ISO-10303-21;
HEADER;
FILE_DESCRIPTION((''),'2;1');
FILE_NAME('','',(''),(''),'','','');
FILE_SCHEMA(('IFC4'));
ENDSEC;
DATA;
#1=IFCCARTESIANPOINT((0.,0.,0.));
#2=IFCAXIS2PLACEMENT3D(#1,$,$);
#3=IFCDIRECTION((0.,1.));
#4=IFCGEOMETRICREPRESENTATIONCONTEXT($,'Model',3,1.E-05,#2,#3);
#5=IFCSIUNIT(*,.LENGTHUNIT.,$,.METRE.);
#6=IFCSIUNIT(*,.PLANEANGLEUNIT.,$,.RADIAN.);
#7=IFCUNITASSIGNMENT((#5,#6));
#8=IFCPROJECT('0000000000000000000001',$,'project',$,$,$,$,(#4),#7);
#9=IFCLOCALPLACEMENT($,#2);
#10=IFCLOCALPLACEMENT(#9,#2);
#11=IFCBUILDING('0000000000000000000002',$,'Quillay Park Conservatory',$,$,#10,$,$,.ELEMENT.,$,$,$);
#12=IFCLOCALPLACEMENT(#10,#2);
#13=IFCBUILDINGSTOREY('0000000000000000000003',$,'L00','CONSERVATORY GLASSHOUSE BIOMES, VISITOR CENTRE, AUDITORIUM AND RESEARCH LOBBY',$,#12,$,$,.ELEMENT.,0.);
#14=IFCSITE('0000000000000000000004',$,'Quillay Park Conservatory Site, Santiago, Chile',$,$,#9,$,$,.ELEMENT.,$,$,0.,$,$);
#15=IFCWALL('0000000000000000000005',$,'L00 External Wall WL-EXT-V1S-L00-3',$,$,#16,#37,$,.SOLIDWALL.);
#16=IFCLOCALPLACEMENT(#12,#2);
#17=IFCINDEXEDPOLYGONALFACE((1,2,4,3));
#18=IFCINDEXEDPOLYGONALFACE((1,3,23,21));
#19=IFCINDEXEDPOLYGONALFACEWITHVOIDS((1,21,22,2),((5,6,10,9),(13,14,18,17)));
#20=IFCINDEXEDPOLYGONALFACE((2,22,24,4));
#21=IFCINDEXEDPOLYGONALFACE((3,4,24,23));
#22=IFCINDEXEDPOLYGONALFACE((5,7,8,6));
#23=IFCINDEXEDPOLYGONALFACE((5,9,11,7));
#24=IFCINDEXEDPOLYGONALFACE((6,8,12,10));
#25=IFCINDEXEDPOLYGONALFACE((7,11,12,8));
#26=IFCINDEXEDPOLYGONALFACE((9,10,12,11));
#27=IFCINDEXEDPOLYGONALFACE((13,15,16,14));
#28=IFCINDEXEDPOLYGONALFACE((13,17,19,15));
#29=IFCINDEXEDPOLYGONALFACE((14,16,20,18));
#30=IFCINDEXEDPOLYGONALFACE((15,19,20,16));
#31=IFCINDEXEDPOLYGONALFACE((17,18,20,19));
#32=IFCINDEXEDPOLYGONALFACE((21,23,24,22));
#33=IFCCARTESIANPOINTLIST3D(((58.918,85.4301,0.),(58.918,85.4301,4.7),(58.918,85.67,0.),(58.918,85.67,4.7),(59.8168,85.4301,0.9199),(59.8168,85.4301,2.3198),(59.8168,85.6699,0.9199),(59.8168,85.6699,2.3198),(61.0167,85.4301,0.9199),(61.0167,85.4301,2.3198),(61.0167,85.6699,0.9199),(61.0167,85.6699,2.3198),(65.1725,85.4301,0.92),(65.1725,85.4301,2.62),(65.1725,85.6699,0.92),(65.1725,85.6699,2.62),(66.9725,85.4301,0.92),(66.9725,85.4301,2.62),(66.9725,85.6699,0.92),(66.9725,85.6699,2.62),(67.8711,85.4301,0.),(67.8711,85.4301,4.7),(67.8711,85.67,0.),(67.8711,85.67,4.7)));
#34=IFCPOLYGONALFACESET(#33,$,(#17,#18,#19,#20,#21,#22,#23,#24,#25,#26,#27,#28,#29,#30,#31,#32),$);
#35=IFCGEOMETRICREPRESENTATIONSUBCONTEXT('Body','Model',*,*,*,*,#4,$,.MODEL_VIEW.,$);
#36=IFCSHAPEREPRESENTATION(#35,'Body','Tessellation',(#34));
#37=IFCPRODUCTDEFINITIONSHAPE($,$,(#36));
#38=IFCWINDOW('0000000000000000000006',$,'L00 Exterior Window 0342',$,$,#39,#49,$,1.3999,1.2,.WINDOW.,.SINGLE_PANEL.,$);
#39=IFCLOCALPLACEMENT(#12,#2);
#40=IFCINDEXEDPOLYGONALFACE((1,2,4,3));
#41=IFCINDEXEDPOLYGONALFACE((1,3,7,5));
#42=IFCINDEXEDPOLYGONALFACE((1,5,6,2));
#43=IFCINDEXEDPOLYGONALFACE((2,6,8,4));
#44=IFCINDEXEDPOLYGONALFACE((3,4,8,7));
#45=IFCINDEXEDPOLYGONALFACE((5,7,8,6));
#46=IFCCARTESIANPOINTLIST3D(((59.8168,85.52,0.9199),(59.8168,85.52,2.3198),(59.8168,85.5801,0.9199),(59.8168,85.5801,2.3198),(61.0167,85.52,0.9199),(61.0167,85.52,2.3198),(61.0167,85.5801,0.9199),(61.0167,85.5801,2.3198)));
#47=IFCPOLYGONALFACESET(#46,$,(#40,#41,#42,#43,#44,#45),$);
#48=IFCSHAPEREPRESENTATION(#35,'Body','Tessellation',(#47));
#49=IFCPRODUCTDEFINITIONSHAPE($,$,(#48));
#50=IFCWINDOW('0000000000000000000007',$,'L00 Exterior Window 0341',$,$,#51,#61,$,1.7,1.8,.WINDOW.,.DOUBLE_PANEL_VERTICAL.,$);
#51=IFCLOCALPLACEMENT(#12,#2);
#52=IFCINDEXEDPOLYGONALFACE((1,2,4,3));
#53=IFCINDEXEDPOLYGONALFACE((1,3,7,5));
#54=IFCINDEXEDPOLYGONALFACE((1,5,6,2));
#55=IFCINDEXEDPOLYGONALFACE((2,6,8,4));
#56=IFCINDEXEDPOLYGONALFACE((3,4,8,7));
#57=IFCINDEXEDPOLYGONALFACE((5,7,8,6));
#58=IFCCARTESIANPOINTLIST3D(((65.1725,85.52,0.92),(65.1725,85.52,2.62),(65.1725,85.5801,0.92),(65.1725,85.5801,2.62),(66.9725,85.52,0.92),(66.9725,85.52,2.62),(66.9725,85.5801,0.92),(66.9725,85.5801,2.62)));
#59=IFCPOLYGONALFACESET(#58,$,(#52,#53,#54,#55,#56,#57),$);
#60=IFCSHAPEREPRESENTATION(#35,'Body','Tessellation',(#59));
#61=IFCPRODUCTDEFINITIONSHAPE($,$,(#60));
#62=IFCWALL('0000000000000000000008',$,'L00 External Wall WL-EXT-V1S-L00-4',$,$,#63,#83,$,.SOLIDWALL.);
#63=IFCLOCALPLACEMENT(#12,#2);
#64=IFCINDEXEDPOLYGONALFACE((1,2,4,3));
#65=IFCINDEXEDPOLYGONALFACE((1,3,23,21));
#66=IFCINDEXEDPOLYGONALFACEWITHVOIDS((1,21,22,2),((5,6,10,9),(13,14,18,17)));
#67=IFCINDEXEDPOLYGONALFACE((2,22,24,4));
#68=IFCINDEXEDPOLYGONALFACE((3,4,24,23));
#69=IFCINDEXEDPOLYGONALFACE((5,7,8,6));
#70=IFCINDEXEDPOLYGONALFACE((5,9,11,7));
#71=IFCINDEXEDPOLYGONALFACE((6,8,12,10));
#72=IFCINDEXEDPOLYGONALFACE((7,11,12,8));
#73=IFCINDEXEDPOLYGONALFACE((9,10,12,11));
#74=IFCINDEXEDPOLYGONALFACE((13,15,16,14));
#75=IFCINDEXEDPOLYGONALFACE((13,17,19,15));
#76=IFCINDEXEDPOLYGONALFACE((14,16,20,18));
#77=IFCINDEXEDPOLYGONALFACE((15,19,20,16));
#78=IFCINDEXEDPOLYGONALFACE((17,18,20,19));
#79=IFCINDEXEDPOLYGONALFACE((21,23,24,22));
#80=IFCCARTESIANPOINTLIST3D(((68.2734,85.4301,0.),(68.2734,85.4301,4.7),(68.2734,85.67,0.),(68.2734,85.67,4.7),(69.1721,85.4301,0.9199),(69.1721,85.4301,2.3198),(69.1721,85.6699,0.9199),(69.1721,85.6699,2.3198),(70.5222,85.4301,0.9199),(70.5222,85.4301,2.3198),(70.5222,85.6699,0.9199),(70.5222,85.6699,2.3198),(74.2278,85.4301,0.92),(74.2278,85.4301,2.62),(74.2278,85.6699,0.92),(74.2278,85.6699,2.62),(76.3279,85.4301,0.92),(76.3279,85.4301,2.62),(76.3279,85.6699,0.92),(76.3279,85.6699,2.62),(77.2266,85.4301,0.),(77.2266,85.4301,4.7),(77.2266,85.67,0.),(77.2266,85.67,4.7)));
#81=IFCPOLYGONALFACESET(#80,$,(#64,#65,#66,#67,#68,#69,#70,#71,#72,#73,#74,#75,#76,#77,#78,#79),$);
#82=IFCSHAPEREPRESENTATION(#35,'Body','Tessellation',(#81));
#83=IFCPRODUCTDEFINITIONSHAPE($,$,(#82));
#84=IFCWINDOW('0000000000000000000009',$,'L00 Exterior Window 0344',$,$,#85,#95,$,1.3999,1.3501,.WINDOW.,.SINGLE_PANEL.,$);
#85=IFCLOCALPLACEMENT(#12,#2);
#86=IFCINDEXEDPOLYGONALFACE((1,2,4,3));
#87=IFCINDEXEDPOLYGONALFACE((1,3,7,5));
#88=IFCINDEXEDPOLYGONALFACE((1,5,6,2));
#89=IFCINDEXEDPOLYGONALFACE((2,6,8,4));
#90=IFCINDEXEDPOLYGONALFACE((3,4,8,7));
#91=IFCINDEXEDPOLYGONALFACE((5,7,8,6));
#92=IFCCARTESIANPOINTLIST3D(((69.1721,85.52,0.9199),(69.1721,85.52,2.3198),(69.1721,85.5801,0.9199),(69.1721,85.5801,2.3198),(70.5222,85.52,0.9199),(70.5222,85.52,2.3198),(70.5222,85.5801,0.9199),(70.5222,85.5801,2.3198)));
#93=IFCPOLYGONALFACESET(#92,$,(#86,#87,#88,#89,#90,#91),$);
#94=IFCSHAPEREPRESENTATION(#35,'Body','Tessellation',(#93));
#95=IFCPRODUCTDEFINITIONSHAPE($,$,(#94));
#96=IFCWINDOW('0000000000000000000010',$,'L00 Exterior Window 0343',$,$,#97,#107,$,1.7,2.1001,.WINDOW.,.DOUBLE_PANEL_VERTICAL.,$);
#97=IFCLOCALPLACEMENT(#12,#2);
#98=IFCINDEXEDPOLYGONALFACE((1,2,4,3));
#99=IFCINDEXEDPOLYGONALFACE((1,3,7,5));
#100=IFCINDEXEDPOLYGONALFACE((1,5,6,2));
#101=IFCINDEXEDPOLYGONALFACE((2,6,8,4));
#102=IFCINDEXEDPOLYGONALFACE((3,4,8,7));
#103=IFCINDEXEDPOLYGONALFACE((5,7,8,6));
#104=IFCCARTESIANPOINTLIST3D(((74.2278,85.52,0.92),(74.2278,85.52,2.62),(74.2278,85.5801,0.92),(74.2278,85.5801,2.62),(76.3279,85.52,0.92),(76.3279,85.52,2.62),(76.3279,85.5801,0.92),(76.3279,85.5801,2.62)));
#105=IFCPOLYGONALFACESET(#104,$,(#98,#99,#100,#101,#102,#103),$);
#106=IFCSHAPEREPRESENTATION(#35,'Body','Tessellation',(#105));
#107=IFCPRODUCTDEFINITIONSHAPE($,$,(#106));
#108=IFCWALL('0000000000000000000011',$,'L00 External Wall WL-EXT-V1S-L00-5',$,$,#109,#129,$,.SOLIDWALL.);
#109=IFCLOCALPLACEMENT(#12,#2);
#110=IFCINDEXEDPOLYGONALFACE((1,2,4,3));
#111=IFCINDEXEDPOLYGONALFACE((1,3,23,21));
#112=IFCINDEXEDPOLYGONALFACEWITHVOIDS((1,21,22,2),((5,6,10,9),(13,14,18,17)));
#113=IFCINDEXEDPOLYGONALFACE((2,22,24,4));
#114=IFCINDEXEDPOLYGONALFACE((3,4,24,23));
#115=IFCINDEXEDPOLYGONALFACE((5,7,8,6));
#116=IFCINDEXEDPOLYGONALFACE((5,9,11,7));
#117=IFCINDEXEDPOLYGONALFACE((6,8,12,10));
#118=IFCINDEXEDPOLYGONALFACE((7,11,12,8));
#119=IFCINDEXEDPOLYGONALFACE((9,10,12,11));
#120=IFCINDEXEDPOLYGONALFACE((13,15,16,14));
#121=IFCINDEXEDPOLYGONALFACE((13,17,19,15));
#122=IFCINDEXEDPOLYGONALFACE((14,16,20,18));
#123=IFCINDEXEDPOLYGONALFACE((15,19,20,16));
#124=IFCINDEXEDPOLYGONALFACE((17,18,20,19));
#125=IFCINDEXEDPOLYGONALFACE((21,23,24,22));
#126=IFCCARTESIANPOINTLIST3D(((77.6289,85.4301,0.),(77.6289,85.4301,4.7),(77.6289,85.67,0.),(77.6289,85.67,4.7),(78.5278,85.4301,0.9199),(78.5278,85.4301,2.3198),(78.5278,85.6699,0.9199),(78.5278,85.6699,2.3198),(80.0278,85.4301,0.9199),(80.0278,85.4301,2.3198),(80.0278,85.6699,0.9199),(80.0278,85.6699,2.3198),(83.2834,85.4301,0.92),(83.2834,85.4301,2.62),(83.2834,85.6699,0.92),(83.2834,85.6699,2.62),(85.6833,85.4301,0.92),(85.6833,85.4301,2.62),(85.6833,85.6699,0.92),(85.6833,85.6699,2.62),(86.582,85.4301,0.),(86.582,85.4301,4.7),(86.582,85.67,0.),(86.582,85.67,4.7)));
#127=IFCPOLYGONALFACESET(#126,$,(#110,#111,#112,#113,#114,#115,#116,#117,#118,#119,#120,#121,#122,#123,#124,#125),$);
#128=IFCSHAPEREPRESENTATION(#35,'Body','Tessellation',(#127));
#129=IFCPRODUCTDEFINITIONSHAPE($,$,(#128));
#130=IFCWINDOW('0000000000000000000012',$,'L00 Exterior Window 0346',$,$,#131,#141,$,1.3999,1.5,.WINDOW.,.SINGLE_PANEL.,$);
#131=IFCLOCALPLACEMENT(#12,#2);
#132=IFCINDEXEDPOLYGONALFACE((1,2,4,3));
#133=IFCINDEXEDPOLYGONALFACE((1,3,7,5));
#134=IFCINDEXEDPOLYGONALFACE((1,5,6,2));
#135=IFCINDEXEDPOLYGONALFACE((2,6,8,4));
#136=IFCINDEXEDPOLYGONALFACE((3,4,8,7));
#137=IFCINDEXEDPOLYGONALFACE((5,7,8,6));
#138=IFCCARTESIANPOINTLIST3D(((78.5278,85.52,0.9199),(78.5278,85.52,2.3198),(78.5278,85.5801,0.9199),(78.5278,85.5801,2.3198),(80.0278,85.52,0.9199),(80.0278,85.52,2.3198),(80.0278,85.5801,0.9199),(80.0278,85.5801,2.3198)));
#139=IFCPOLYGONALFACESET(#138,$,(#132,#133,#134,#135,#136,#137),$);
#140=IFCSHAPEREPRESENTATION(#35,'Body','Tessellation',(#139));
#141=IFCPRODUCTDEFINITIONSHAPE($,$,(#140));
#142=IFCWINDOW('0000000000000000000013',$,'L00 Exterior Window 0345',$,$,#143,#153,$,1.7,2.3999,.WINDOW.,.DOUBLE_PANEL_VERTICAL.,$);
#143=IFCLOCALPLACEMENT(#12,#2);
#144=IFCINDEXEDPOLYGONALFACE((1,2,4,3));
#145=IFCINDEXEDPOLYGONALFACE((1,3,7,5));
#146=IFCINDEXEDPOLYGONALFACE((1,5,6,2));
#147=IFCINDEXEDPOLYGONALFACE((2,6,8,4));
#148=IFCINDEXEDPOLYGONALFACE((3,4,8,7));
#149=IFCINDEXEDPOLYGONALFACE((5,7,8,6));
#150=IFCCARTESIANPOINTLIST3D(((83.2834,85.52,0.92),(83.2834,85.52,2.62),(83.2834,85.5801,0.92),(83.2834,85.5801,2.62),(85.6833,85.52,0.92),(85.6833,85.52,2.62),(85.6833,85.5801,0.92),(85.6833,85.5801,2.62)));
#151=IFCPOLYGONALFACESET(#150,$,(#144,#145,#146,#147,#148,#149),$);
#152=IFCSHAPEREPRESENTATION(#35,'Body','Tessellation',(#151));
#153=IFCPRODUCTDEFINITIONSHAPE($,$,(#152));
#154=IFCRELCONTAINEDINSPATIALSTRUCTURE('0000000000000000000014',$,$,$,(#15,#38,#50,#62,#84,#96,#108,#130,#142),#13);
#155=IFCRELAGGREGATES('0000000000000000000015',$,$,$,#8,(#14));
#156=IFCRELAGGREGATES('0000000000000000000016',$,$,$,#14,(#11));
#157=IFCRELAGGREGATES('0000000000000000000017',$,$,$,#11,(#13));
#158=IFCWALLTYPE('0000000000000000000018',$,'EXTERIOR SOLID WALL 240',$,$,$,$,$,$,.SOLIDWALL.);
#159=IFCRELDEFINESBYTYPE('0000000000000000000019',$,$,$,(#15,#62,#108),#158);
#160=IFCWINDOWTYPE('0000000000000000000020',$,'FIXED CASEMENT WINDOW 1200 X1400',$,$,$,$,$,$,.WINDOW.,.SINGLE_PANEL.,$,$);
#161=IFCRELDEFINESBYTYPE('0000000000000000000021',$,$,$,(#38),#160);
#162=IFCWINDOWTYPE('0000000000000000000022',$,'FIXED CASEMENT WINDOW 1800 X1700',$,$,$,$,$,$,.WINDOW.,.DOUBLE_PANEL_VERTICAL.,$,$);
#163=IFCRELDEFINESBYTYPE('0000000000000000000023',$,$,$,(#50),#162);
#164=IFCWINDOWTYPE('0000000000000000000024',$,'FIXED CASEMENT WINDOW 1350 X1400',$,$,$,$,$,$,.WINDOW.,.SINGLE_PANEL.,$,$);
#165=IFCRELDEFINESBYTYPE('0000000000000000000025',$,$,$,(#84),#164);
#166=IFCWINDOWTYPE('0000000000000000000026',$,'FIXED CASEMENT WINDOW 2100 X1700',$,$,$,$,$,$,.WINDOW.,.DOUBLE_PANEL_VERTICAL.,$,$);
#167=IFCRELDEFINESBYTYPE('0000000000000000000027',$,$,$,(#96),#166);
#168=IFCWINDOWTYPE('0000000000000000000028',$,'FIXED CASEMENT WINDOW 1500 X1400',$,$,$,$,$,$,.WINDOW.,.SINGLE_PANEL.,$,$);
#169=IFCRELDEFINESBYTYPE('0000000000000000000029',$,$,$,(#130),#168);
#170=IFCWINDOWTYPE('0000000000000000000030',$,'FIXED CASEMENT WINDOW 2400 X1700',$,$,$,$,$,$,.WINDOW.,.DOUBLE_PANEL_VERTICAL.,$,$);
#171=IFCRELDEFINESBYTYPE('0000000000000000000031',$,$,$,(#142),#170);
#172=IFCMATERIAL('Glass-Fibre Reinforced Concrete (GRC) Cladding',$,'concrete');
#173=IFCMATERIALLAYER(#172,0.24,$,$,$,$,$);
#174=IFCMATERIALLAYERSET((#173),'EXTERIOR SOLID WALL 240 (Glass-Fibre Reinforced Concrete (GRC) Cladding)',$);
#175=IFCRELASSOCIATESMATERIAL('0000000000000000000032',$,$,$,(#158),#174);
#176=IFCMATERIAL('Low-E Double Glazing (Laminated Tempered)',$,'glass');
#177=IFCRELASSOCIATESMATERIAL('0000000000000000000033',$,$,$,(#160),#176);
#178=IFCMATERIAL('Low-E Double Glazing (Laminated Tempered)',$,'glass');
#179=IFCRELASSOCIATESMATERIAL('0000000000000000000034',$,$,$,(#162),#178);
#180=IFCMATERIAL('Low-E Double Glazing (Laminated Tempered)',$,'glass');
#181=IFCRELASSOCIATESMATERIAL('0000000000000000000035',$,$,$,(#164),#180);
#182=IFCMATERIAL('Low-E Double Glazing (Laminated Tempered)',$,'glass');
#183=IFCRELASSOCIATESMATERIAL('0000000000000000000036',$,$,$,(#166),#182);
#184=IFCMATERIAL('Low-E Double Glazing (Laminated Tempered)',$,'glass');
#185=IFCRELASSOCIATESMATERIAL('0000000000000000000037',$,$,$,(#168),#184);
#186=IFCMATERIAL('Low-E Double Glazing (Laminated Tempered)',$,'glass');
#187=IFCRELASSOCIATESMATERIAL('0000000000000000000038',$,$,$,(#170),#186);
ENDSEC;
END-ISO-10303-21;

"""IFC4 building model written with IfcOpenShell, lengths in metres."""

from ifc_helpers import new_model, si_unit, direction, frame, frame_2d, origin, place, context, subcontext, project, spatial, rectangle, extrude, material, layer, layer_set, type_object, element, fill, save


model = new_model("IFC4")

# Units and contexts
model_context = context("Model", 3, precision=1e-05, world=origin(), true_north=direction((0.0, 1.0)))
body_context = subcontext(model_context, "Body", "Model", "MODEL_VIEW")
ifc_project = project(units=[si_unit("LENGTHUNIT", "METRE"), si_unit("PLANEANGLEUNIT", "RADIAN")], contexts=[model_context])

# Site, building, storey
site_placement = place(None, origin())
site = spatial("IfcSite", under=ifc_project, at=site_placement, Name="Quillay Park Conservatory Site, Santiago, Chile", CompositionType="ELEMENT", RefElevation=0.0)
building_placement = place(site_placement, origin())
building = spatial("IfcBuilding", under=site, at=building_placement, Name="Quillay Park Conservatory", CompositionType="ELEMENT")
storey_placement = place(building_placement, origin())
storey = spatial("IfcBuildingStorey", under=building, at=storey_placement, Name="L00", Description="CONSERVATORY GLASSHOUSE BIOMES, VISITOR CENTRE, AUDITORIUM AND RESEARCH LOBBY", CompositionType="ELEMENT", Elevation=0.0)

# Walls, openings, windows
ifc_material_1 = material(Name="Glass-Fibre Reinforced Concrete (GRC) Cladding", Category="concrete")
ifc_layer_1 = layer(ifc_material_1, 0.24)
ifc_layer_set_1 = layer_set([ifc_layer_1], Name="EXTERIOR SOLID WALL 240 (Glass-Fibre Reinforced Concrete (GRC) Cladding)")
wall_type = type_object("IfcWallType", Name="EXTERIOR SOLID WALL 240", PredefinedType="SOLIDWALL", material=ifc_layer_set_1)
wall_1_placement = place(storey_placement, frame((67.8711, 85.55, 0.0), z_axis=(0.0, 0.0, 1.0), x_axis=(-1.0, 0.0, 0.0)))
wall_1 = element("IfcWall", 1, at=wall_1_placement, inside=storey, type_object=wall_type, Name="L00 External Wall WL-EXT-V1S-L00-3", PredefinedType="SOLIDWALL", context=body_context, shape_type="SweptSolid", body=[
    extrude(rectangle(XDim=8.9531, YDim=0.24, at=frame_2d((4.4766, 0.0))), origin(), (0.0, 0.0, 1.0), 4.7),
])
opening_1_placement = place(wall_1_placement, frame((0.8987, 0.0, 0.9199)))
opening_1 = element("IfcOpeningElement", 2, at=opening_1_placement, cuts=wall_1, PredefinedType="OPENING", context=body_context, shape_type="SweptSolid", body=[
    extrude(rectangle(XDim=1.8, YDim=1.7, at=frame_2d((0.8999, 0.8501))), frame((0.0, 0.1201, 0.0), z_axis=(0.0, -1.0, 0.0), x_axis=(1.0, 0.0, 0.0)), (0.0, 0.0, 1.0), 0.24),
])
opening_2_placement = place(wall_1_placement, frame((6.8542, 0.0, 0.9199)))
opening_2 = element("IfcOpeningElement", 3, at=opening_2_placement, cuts=wall_1, PredefinedType="OPENING", context=body_context, shape_type="SweptSolid", body=[
    extrude(rectangle(XDim=1.2, YDim=1.3999, at=frame_2d((0.6001, 0.7))), frame((0.0, 0.1201, 0.0), z_axis=(0.0, -1.0, 0.0), x_axis=(1.0, 0.0, 0.0)), (0.0, 0.0, 1.0), 0.24),
])
ifc_material_2 = material(Name="Low-E Double Glazing (Laminated Tempered)", Category="glass")
window_type_1 = type_object("IfcWindowType", Name="FIXED CASEMENT WINDOW 1200 X1400", PartitioningType="SINGLE_PANEL", PredefinedType="WINDOW", material=ifc_material_2)
window_1_placement = place(opening_2_placement, origin())
window_1 = element("IfcWindow", 4, at=window_1_placement, inside=storey, type_object=window_type_1, Name="L00 Exterior Window 0342", OverallHeight=1.3999, OverallWidth=1.2, PartitioningType="SINGLE_PANEL", PredefinedType="WINDOW", context=body_context, shape_type="SweptSolid", body=[
    extrude(rectangle(XDim=1.2, YDim=1.3999, at=frame_2d((0.6001, 0.7))), frame((0.0, 0.03, 0.0), z_axis=(0.0, -1.0, 0.0), x_axis=(1.0, 0.0, 0.0)), (0.0, 0.0, 1.0), 0.0601),
])
fill(opening_2, window_1)
ifc_material_3 = material(Name="Low-E Double Glazing (Laminated Tempered)", Category="glass")
window_type_2 = type_object("IfcWindowType", Name="FIXED CASEMENT WINDOW 1800 X1700", PartitioningType="DOUBLE_PANEL_VERTICAL", PredefinedType="WINDOW", material=ifc_material_3)
window_2_placement = place(opening_1_placement, origin())
window_2 = element("IfcWindow", 5, at=window_2_placement, inside=storey, type_object=window_type_2, Name="L00 Exterior Window 0341", OverallHeight=1.7, OverallWidth=1.8, PartitioningType="DOUBLE_PANEL_VERTICAL", PredefinedType="WINDOW", context=body_context, shape_type="SweptSolid", body=[
    extrude(rectangle(XDim=1.8, YDim=1.7, at=frame_2d((0.8999, 0.8501))), frame((0.0, 0.03, 0.0), z_axis=(0.0, -1.0, 0.0), x_axis=(1.0, 0.0, 0.0)), (0.0, 0.0, 1.0), 0.0601),
])
fill(opening_1, window_2)
wall_2_placement = place(storey_placement, frame((77.2266, 85.55, 0.0), z_axis=(0.0, 0.0, 1.0), x_axis=(-1.0, 0.0, 0.0)))
wall_2 = element("IfcWall", 6, at=wall_2_placement, inside=storey, type_object=wall_type, Name="L00 External Wall WL-EXT-V1S-L00-4", PredefinedType="SOLIDWALL", context=body_context, shape_type="SweptSolid", body=[
    extrude(rectangle(XDim=8.9531, YDim=0.24, at=frame_2d((4.4766, 0.0))), origin(), (0.0, 0.0, 1.0), 4.7),
])
opening_3_placement = place(wall_2_placement, frame((0.8987, 0.0, 0.9199)))
opening_3 = element("IfcOpeningElement", 7, at=opening_3_placement, cuts=wall_2, PredefinedType="OPENING", context=body_context, shape_type="SweptSolid", body=[
    extrude(rectangle(XDim=2.1001, YDim=1.7, at=frame_2d((1.05, 0.8501))), frame((0.0, 0.1201, 0.0), z_axis=(0.0, -1.0, 0.0), x_axis=(1.0, 0.0, 0.0)), (0.0, 0.0, 1.0), 0.24),
])
opening_4_placement = place(wall_2_placement, frame((6.7043, 0.0, 0.9199)))
opening_4 = element("IfcOpeningElement", 8, at=opening_4_placement, cuts=wall_2, PredefinedType="OPENING", context=body_context, shape_type="SweptSolid", body=[
    extrude(rectangle(XDim=1.3501, YDim=1.3999, at=frame_2d((0.675, 0.7))), frame((0.0, 0.1201, 0.0), z_axis=(0.0, -1.0, 0.0), x_axis=(1.0, 0.0, 0.0)), (0.0, 0.0, 1.0), 0.24),
])
ifc_material_4 = material(Name="Low-E Double Glazing (Laminated Tempered)", Category="glass")
window_type_3 = type_object("IfcWindowType", Name="FIXED CASEMENT WINDOW 1350 X1400", PartitioningType="SINGLE_PANEL", PredefinedType="WINDOW", material=ifc_material_4)
window_3_placement = place(opening_4_placement, origin())
window_3 = element("IfcWindow", 9, at=window_3_placement, inside=storey, type_object=window_type_3, Name="L00 Exterior Window 0344", OverallHeight=1.3999, OverallWidth=1.3501, PartitioningType="SINGLE_PANEL", PredefinedType="WINDOW", context=body_context, shape_type="SweptSolid", body=[
    extrude(rectangle(XDim=1.3501, YDim=1.3999, at=frame_2d((0.675, 0.7))), frame((0.0, 0.03, 0.0), z_axis=(0.0, -1.0, 0.0), x_axis=(1.0, 0.0, 0.0)), (0.0, 0.0, 1.0), 0.0601),
])
fill(opening_4, window_3)
ifc_material_5 = material(Name="Low-E Double Glazing (Laminated Tempered)", Category="glass")
window_type_4 = type_object("IfcWindowType", Name="FIXED CASEMENT WINDOW 2100 X1700", PartitioningType="DOUBLE_PANEL_VERTICAL", PredefinedType="WINDOW", material=ifc_material_5)
window_4_placement = place(opening_3_placement, origin())
window_4 = element("IfcWindow", 10, at=window_4_placement, inside=storey, type_object=window_type_4, Name="L00 Exterior Window 0343", OverallHeight=1.7, OverallWidth=2.1001, PartitioningType="DOUBLE_PANEL_VERTICAL", PredefinedType="WINDOW", context=body_context, shape_type="SweptSolid", body=[
    extrude(rectangle(XDim=2.1001, YDim=1.7, at=frame_2d((1.05, 0.8501))), frame((0.0, 0.03, 0.0), z_axis=(0.0, -1.0, 0.0), x_axis=(1.0, 0.0, 0.0)), (0.0, 0.0, 1.0), 0.0601),
])
fill(opening_3, window_4)
wall_3_placement = place(storey_placement, frame((86.582, 85.55, 0.0), z_axis=(0.0, 0.0, 1.0), x_axis=(-1.0, 0.0, 0.0)))
wall_3 = element("IfcWall", 11, at=wall_3_placement, inside=storey, type_object=wall_type, Name="L00 External Wall WL-EXT-V1S-L00-5", PredefinedType="SOLIDWALL", context=body_context, shape_type="SweptSolid", body=[
    extrude(rectangle(XDim=8.9531, YDim=0.24, at=frame_2d((4.4766, 0.0))), origin(), (0.0, 0.0, 1.0), 4.7),
])
opening_5_placement = place(wall_3_placement, frame((0.8987, 0.0, 0.9199)))
opening_5 = element("IfcOpeningElement", 12, at=opening_5_placement, cuts=wall_3, PredefinedType="OPENING", context=body_context, shape_type="SweptSolid", body=[
    extrude(rectangle(XDim=2.3999, YDim=1.7, at=frame_2d((1.2, 0.8501))), frame((0.0, 0.1201, 0.0), z_axis=(0.0, -1.0, 0.0), x_axis=(1.0, 0.0, 0.0)), (0.0, 0.0, 1.0), 0.24),
])
opening_6_placement = place(wall_3_placement, frame((6.5542, 0.0, 0.9199)))
opening_6 = element("IfcOpeningElement", 13, at=opening_6_placement, cuts=wall_3, PredefinedType="OPENING", context=body_context, shape_type="SweptSolid", body=[
    extrude(rectangle(XDim=1.5, YDim=1.3999, at=frame_2d((0.75, 0.7))), frame((0.0, 0.1201, 0.0), z_axis=(0.0, -1.0, 0.0), x_axis=(1.0, 0.0, 0.0)), (0.0, 0.0, 1.0), 0.24),
])
ifc_material_6 = material(Name="Low-E Double Glazing (Laminated Tempered)", Category="glass")
window_type_5 = type_object("IfcWindowType", Name="FIXED CASEMENT WINDOW 1500 X1400", PartitioningType="SINGLE_PANEL", PredefinedType="WINDOW", material=ifc_material_6)
window_5_placement = place(opening_6_placement, origin())
window_5 = element("IfcWindow", 14, at=window_5_placement, inside=storey, type_object=window_type_5, Name="L00 Exterior Window 0346", OverallHeight=1.3999, OverallWidth=1.5, PartitioningType="SINGLE_PANEL", PredefinedType="WINDOW", context=body_context, shape_type="SweptSolid", body=[
    extrude(rectangle(XDim=1.5, YDim=1.3999, at=frame_2d((0.75, 0.7))), frame((0.0, 0.03, 0.0), z_axis=(0.0, -1.0, 0.0), x_axis=(1.0, 0.0, 0.0)), (0.0, 0.0, 1.0), 0.0601),
])
fill(opening_6, window_5)
ifc_material_7 = material(Name="Low-E Double Glazing (Laminated Tempered)", Category="glass")
window_type_6 = type_object("IfcWindowType", Name="FIXED CASEMENT WINDOW 2400 X1700", PartitioningType="DOUBLE_PANEL_VERTICAL", PredefinedType="WINDOW", material=ifc_material_7)
window_6_placement = place(opening_5_placement, origin())
window_6 = element("IfcWindow", 15, at=window_6_placement, inside=storey, type_object=window_type_6, Name="L00 Exterior Window 0345", OverallHeight=1.7, OverallWidth=2.3999, PartitioningType="DOUBLE_PANEL_VERTICAL", PredefinedType="WINDOW", context=body_context, shape_type="SweptSolid", body=[
    extrude(rectangle(XDim=2.3999, YDim=1.7, at=frame_2d((1.2, 0.8501))), frame((0.0, 0.03, 0.0), z_axis=(0.0, -1.0, 0.0), x_axis=(1.0, 0.0, 0.0)), (0.0, 0.0, 1.0), 0.0601),
])
fill(opening_5, window_6)

save(model, "model.ifc")
